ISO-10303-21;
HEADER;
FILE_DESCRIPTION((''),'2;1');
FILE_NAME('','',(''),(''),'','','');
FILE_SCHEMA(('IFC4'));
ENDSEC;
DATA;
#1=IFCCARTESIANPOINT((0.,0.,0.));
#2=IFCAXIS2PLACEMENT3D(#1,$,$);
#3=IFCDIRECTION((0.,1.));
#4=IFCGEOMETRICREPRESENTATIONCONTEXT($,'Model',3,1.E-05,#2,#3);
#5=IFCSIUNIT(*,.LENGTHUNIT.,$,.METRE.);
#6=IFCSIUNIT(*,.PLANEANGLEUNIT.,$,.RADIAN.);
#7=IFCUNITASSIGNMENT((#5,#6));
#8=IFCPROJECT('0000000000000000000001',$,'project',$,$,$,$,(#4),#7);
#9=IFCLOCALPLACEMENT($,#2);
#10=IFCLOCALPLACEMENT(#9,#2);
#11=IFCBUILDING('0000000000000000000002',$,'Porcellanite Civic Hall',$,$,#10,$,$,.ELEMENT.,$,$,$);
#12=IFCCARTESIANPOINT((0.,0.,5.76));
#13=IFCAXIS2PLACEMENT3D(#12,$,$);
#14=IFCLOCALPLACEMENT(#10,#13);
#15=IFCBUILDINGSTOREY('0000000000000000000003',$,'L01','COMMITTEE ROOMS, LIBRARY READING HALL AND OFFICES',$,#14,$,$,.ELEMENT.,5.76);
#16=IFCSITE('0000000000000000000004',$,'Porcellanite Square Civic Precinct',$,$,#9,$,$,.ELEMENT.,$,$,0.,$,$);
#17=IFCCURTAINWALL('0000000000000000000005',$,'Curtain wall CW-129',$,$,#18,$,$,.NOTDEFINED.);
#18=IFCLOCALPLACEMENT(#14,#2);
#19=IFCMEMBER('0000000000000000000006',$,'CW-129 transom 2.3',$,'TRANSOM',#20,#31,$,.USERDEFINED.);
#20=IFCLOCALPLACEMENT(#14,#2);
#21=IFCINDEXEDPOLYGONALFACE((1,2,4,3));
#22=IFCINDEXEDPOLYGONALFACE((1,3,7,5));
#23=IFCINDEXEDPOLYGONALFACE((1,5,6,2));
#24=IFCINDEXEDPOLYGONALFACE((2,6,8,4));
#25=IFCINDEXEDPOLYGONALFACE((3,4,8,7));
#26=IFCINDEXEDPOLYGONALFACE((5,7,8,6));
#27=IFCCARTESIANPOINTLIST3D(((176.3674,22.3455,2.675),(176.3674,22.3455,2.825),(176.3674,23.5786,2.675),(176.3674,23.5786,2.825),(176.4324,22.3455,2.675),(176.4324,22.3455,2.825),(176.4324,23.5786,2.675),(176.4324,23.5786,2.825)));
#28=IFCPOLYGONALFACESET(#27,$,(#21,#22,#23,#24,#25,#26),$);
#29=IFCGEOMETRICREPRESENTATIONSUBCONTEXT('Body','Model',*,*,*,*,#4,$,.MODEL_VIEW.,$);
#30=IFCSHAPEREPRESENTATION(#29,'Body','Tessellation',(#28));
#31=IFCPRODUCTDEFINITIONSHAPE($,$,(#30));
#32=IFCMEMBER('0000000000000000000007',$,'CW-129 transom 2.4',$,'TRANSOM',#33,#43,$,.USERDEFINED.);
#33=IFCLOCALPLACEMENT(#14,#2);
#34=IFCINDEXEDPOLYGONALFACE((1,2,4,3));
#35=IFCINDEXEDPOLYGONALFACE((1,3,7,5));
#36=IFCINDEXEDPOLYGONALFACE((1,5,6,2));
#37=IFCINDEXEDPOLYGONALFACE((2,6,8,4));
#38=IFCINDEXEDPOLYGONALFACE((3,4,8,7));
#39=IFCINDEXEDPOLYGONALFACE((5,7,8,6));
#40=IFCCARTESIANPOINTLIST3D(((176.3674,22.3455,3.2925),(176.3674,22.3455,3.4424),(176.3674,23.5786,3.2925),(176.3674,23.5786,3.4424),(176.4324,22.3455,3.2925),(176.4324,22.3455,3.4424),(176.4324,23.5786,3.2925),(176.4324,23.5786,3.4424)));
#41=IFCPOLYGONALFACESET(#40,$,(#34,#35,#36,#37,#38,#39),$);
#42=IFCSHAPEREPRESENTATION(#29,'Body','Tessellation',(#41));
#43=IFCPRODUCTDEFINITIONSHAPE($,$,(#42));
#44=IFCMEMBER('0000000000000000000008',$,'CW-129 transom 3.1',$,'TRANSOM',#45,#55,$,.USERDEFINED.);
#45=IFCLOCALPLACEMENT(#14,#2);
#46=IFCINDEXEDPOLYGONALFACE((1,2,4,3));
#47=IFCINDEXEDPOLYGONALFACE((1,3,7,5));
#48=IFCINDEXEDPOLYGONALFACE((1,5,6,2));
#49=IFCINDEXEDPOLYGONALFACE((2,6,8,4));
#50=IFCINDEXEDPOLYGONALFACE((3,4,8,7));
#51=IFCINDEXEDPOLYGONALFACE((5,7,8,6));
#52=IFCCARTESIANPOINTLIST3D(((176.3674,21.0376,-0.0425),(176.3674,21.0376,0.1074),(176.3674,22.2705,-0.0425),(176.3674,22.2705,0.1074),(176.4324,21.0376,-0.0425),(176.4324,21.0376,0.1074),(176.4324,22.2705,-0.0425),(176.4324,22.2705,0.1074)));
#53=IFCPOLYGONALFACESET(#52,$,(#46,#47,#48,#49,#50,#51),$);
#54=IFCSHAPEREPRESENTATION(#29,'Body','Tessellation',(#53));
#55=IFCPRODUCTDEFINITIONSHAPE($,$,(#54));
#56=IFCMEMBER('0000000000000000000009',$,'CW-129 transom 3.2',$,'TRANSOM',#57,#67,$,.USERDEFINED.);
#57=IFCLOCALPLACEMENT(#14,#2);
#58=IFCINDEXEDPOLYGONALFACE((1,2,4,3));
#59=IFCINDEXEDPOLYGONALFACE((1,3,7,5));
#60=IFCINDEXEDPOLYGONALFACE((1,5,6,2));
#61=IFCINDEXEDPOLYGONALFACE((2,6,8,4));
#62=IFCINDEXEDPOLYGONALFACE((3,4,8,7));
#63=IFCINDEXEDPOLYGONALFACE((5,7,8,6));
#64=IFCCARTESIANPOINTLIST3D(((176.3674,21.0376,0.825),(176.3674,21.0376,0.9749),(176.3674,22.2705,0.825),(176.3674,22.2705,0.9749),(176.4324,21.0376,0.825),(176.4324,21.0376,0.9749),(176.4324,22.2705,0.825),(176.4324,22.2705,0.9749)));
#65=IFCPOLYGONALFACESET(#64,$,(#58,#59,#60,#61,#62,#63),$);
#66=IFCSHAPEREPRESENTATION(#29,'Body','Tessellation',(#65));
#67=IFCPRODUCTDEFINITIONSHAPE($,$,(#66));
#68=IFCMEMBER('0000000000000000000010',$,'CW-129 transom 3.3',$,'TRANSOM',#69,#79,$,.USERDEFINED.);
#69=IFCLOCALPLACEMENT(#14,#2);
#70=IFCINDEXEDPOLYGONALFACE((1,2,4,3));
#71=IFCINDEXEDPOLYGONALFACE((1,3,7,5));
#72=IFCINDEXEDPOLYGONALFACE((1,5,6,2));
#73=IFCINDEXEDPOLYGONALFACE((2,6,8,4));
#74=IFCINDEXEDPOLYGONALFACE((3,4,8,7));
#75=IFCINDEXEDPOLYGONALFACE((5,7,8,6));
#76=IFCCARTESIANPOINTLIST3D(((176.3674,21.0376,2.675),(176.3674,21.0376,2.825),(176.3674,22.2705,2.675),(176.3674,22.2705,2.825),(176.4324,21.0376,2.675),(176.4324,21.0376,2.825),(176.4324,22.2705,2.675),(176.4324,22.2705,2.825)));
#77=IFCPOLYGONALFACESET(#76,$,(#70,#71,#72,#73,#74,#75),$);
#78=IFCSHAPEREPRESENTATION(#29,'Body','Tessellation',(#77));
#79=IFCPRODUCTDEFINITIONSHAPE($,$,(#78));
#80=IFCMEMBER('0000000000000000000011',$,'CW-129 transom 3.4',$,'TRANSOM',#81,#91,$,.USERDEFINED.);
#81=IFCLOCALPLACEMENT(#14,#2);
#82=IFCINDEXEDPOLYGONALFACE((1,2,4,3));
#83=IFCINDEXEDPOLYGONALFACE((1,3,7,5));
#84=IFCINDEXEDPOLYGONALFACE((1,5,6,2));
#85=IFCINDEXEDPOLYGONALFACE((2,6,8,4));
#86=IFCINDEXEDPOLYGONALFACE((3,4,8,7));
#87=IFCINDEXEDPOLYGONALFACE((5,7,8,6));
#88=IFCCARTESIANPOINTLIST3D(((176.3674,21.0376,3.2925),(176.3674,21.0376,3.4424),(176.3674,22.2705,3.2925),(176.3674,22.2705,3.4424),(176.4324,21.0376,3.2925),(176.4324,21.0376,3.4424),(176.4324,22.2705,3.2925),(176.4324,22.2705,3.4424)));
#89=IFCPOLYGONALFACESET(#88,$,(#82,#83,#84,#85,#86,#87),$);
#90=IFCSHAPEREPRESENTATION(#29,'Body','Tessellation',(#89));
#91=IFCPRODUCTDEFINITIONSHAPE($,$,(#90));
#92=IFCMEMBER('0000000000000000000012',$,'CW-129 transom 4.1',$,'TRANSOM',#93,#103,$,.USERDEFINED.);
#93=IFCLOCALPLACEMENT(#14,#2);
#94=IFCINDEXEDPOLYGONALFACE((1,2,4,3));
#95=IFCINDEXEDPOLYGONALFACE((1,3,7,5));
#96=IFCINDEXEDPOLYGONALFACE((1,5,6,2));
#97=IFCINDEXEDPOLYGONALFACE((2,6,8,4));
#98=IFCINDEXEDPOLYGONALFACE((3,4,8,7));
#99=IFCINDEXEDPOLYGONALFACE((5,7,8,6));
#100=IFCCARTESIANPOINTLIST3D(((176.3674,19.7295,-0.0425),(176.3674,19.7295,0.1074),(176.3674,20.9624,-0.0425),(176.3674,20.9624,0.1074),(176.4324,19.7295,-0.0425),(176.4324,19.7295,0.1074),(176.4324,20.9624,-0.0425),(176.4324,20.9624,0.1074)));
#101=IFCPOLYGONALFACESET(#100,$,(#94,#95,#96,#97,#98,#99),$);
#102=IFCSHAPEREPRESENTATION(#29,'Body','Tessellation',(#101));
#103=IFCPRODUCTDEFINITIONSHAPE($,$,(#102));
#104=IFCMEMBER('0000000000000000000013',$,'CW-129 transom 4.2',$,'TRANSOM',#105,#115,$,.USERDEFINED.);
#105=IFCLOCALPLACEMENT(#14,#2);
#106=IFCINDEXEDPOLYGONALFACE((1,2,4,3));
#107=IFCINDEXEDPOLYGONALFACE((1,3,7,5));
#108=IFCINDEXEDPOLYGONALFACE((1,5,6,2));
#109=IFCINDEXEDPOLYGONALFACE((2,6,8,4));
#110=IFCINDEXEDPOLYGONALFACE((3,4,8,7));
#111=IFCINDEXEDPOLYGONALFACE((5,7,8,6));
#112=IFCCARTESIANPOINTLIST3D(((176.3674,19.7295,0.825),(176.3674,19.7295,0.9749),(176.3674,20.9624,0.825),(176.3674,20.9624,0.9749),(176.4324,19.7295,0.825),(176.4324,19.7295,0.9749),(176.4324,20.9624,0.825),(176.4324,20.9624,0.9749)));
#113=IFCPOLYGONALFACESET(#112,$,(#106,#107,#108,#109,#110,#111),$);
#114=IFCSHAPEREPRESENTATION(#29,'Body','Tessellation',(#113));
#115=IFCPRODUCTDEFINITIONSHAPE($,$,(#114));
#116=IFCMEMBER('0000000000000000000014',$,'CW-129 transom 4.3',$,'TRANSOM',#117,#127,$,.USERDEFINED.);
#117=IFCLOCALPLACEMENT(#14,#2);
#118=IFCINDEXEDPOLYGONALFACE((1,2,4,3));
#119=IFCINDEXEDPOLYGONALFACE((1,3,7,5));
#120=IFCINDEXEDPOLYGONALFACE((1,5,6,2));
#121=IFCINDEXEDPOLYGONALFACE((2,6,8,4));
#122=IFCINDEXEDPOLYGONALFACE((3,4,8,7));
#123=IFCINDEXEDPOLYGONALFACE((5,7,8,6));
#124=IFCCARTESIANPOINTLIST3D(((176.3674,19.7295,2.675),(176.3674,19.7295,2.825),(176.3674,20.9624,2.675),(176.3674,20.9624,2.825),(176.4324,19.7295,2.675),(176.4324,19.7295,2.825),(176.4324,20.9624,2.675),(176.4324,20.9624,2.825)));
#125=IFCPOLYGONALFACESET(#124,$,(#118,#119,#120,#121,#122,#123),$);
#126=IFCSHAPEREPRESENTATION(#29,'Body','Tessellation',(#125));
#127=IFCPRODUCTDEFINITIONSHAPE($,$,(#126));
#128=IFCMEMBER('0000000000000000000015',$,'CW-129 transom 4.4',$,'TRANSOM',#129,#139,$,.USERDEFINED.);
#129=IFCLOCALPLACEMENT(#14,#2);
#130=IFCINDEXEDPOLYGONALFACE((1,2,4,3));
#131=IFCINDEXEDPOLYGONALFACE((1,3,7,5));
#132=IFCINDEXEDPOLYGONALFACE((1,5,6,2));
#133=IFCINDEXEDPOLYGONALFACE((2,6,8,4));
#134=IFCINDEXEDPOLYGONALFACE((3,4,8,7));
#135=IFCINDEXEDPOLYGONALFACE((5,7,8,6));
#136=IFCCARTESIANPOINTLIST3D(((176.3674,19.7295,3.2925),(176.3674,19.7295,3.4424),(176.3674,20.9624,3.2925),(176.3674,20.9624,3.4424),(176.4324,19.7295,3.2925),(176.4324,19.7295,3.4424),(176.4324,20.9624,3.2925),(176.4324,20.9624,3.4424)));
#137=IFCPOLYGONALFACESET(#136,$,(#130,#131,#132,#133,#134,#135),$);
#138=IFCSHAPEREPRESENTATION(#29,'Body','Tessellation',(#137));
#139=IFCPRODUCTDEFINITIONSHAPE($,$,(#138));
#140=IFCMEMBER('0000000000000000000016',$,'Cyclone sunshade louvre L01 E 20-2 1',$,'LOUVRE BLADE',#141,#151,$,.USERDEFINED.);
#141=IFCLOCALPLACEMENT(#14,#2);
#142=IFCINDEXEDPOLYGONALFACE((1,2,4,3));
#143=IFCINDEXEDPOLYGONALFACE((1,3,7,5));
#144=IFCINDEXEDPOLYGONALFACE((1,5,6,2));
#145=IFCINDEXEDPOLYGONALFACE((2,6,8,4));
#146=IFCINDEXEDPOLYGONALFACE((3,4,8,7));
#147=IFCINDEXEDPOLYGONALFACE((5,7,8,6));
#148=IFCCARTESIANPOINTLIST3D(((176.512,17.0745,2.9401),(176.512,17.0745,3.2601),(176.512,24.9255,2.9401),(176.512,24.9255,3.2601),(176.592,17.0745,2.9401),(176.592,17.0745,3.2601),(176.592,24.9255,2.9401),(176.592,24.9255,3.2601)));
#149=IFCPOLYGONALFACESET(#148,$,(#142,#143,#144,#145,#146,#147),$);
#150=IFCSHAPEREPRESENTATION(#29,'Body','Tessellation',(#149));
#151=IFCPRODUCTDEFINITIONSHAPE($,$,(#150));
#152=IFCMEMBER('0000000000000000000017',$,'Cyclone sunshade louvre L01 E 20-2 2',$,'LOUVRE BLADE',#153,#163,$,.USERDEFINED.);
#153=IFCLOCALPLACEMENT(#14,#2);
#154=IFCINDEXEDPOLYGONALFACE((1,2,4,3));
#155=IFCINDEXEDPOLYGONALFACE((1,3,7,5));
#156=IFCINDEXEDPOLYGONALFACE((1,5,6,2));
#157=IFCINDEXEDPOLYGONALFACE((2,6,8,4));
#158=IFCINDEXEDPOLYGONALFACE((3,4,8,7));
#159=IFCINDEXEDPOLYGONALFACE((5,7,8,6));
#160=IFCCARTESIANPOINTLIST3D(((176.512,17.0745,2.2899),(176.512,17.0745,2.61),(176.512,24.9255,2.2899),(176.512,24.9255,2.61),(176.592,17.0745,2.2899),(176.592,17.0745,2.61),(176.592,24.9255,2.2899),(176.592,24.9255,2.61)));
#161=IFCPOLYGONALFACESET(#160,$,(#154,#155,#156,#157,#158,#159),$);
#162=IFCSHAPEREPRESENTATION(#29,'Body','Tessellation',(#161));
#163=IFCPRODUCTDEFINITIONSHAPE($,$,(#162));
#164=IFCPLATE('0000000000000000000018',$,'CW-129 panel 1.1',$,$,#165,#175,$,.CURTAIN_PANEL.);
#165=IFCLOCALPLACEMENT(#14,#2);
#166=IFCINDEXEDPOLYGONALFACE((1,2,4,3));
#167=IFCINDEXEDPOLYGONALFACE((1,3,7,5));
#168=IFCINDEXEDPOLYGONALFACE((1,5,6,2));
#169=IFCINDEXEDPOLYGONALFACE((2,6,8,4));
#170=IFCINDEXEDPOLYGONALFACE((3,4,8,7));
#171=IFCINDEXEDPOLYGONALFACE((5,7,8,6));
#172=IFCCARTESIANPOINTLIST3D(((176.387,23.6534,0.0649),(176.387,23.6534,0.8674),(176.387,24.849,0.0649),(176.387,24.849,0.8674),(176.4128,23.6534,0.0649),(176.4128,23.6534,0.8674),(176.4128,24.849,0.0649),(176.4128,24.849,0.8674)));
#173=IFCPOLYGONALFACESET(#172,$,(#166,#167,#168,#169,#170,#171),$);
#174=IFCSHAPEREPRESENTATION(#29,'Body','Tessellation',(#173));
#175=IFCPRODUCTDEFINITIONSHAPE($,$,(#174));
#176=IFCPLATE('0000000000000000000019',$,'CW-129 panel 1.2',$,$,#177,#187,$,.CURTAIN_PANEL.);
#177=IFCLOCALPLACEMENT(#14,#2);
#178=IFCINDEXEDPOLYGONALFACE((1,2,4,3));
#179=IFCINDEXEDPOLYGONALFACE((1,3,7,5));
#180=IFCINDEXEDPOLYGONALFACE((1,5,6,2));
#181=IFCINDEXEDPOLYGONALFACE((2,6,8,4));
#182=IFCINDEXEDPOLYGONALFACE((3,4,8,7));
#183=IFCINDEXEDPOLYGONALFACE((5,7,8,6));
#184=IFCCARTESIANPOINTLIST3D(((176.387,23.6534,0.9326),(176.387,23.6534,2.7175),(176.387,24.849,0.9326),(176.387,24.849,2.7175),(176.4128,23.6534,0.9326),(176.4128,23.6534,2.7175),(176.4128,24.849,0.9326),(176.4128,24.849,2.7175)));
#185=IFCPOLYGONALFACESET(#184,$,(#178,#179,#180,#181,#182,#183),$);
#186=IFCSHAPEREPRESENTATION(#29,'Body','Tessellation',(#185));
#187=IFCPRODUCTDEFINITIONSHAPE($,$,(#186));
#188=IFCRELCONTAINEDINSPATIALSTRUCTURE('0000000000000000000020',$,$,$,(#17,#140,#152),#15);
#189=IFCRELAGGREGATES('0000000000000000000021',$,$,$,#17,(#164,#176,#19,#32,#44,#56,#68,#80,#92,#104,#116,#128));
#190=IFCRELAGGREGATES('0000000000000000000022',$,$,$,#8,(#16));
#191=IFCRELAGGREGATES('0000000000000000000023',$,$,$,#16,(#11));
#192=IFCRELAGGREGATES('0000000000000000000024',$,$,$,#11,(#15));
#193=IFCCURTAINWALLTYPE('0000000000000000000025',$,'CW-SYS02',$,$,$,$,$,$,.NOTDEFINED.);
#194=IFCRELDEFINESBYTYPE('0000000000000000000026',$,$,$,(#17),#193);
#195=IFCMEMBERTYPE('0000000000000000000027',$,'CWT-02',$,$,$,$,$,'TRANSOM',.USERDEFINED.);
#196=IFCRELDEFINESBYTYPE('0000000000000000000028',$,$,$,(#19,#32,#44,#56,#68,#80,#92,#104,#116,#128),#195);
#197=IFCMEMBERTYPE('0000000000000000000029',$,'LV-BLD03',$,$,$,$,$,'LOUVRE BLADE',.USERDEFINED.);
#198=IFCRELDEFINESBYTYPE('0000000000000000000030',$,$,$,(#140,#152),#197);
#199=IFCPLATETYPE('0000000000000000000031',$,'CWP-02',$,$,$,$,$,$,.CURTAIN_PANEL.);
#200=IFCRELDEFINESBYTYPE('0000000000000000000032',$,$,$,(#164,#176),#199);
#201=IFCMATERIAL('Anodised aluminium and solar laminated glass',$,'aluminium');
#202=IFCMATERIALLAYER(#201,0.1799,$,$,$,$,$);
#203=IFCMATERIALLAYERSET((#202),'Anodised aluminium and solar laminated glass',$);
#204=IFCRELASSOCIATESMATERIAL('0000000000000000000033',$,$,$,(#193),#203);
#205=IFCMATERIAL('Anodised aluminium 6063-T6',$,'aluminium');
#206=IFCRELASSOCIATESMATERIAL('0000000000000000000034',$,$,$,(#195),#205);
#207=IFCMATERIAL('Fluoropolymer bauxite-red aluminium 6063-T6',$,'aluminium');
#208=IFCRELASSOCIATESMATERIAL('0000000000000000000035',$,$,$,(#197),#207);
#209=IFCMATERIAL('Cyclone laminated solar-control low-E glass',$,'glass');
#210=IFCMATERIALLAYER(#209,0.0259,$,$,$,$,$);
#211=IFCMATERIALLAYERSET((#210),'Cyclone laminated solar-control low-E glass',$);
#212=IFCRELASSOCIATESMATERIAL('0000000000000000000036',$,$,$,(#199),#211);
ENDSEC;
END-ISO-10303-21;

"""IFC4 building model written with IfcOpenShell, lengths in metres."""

from ifc_helpers import new_model, si_unit, direction, frame, origin, origin_2d, place, context, subcontext, project, spatial, rectangle, extrude, material, layer, layer_set, material_profile, profile_set, type_object, element, aggregate, save


model = new_model("IFC4")

# Units and contexts
model_context = context("Model", 3, precision=1e-05, world=origin(), true_north=direction((0.0, 1.0)))
body_context = subcontext(model_context, "Body", "Model", "MODEL_VIEW")
ifc_project = project(units=[si_unit("LENGTHUNIT", "METRE"), si_unit("PLANEANGLEUNIT", "RADIAN")], contexts=[model_context])

# Site, building, storey
site_placement = place(None, origin())
site = spatial("IfcSite", under=ifc_project, at=site_placement, Name="Porcellanite Square Civic Precinct", CompositionType="ELEMENT", RefElevation=0.0)
building_placement = place(site_placement, origin())
building = spatial("IfcBuilding", under=site, at=building_placement, Name="Porcellanite Civic Hall", CompositionType="ELEMENT")
storey_placement = place(building_placement, frame((0.0, 0.0, 5.76)))
storey = spatial("IfcBuildingStorey", under=building, at=storey_placement, Name="L01", Description="COMMITTEE ROOMS, LIBRARY READING HALL AND OFFICES", CompositionType="ELEMENT", Elevation=5.76)

# Curtain wall, members
ifc_material_1 = material(Name="Anodised aluminium and solar laminated glass", Category="aluminium")
ifc_layer_1 = layer(ifc_material_1, 0.1799)
ifc_layer_set_1 = layer_set([ifc_layer_1], Name="Anodised aluminium and solar laminated glass")
curtain_wall_type = type_object("IfcCurtainWallType", Name="CW-SYS02", PredefinedType="NOTDEFINED", material=ifc_layer_set_1)
curtain_wall_placement = place(storey_placement, origin())
curtain_wall = element("IfcCurtainWall", 1, at=curtain_wall_placement, inside=storey, type_object=curtain_wall_type, Name="Curtain wall CW-129", PredefinedType="NOTDEFINED")
ifc_material_2 = material(Name="Anodised aluminium 6063-T6", Category="aluminium")
ifc_material_profile_1 = material_profile(ifc_material_2, rectangle(XDim=0.0649, YDim=0.1499, at=origin_2d()), Name="AL-65x150")
ifc_profile_set_1 = profile_set([ifc_material_profile_1], Name="Anodised aluminium 6063-T6")
member_type_1 = type_object("IfcMemberType", Name="CWT-02", ElementType="TRANSOM", PredefinedType="USERDEFINED", material=ifc_profile_set_1)
member_1_placement = place(storey_placement, frame((176.3999, 23.5786, 2.75), z_axis=(0.0, -1.0, 0.0), x_axis=(1.0, 0.0, 0.0)))
member_1 = element("IfcMember", 2, at=member_1_placement, type_object=member_type_1, Name="CW-129 transom 2.3", ObjectType="TRANSOM", PredefinedType="USERDEFINED", context=body_context, shape_type="SweptSolid", body=[
    extrude(rectangle(XDim=0.0649, YDim=0.1499, at=origin_2d()), origin(), (0.0, 0.0, 1.0), 1.2332),
])
member_2_placement = place(storey_placement, frame((176.3999, 23.5786, 3.3674), z_axis=(0.0, -1.0, 0.0), x_axis=(1.0, 0.0, 0.0)))
member_2 = element("IfcMember", 3, at=member_2_placement, type_object=member_type_1, Name="CW-129 transom 2.4", ObjectType="TRANSOM", PredefinedType="USERDEFINED", context=body_context, shape_type="SweptSolid", body=[
    extrude(rectangle(XDim=0.0649, YDim=0.1499, at=origin_2d()), origin(), (0.0, 0.0, 1.0), 1.2332),
])
member_3_placement = place(storey_placement, frame((176.3999, 22.2705, 0.0325), z_axis=(0.0, -1.0, 0.0), x_axis=(1.0, 0.0, 0.0)))
member_3 = element("IfcMember", 4, at=member_3_placement, type_object=member_type_1, Name="CW-129 transom 3.1", ObjectType="TRANSOM", PredefinedType="USERDEFINED", context=body_context, shape_type="SweptSolid", body=[
    extrude(rectangle(XDim=0.0649, YDim=0.1499, at=origin_2d()), origin(), (0.0, 0.0, 1.0), 1.2329),
])
member_4_placement = place(storey_placement, frame((176.3999, 22.2705, 0.8999), z_axis=(0.0, -1.0, 0.0), x_axis=(1.0, 0.0, 0.0)))
member_4 = element("IfcMember", 5, at=member_4_placement, type_object=member_type_1, Name="CW-129 transom 3.2", ObjectType="TRANSOM", PredefinedType="USERDEFINED", context=body_context, shape_type="SweptSolid", body=[
    extrude(rectangle(XDim=0.0649, YDim=0.1499, at=origin_2d()), origin(), (0.0, 0.0, 1.0), 1.2329),
])
member_5_placement = place(storey_placement, frame((176.3999, 22.2705, 2.75), z_axis=(0.0, -1.0, 0.0), x_axis=(1.0, 0.0, 0.0)))
member_5 = element("IfcMember", 6, at=member_5_placement, type_object=member_type_1, Name="CW-129 transom 3.3", ObjectType="TRANSOM", PredefinedType="USERDEFINED", context=body_context, shape_type="SweptSolid", body=[
    extrude(rectangle(XDim=0.0649, YDim=0.1499, at=origin_2d()), origin(), (0.0, 0.0, 1.0), 1.2329),
])
member_6_placement = place(storey_placement, frame((176.3999, 22.2705, 3.3674), z_axis=(0.0, -1.0, 0.0), x_axis=(1.0, 0.0, 0.0)))
member_6 = element("IfcMember", 7, at=member_6_placement, type_object=member_type_1, Name="CW-129 transom 3.4", ObjectType="TRANSOM", PredefinedType="USERDEFINED", context=body_context, shape_type="SweptSolid", body=[
    extrude(rectangle(XDim=0.0649, YDim=0.1499, at=origin_2d()), origin(), (0.0, 0.0, 1.0), 1.2329),
])
member_7_placement = place(storey_placement, frame((176.3999, 20.9624, 0.0325), z_axis=(0.0, -1.0, 0.0), x_axis=(1.0, 0.0, 0.0)))
member_7 = element("IfcMember", 8, at=member_7_placement, type_object=member_type_1, Name="CW-129 transom 4.1", ObjectType="TRANSOM", PredefinedType="USERDEFINED", context=body_context, shape_type="SweptSolid", body=[
    extrude(rectangle(XDim=0.0649, YDim=0.1499, at=origin_2d()), origin(), (0.0, 0.0, 1.0), 1.2329),
])
member_8_placement = place(storey_placement, frame((176.3999, 20.9624, 0.8999), z_axis=(0.0, -1.0, 0.0), x_axis=(1.0, 0.0, 0.0)))
member_8 = element("IfcMember", 9, at=member_8_placement, type_object=member_type_1, Name="CW-129 transom 4.2", ObjectType="TRANSOM", PredefinedType="USERDEFINED", context=body_context, shape_type="SweptSolid", body=[
    extrude(rectangle(XDim=0.0649, YDim=0.1499, at=origin_2d()), origin(), (0.0, 0.0, 1.0), 1.2329),
])
member_9_placement = place(storey_placement, frame((176.3999, 20.9624, 2.75), z_axis=(0.0, -1.0, 0.0), x_axis=(1.0, 0.0, 0.0)))
member_9 = element("IfcMember", 10, at=member_9_placement, type_object=member_type_1, Name="CW-129 transom 4.3", ObjectType="TRANSOM", PredefinedType="USERDEFINED", context=body_context, shape_type="SweptSolid", body=[
    extrude(rectangle(XDim=0.0649, YDim=0.1499, at=origin_2d()), origin(), (0.0, 0.0, 1.0), 1.2329),
])
member_10_placement = place(storey_placement, frame((176.3999, 20.9624, 3.3674), z_axis=(0.0, -1.0, 0.0), x_axis=(1.0, 0.0, 0.0)))
member_10 = element("IfcMember", 11, at=member_10_placement, type_object=member_type_1, Name="CW-129 transom 4.4", ObjectType="TRANSOM", PredefinedType="USERDEFINED", context=body_context, shape_type="SweptSolid", body=[
    extrude(rectangle(XDim=0.0649, YDim=0.1499, at=origin_2d()), origin(), (0.0, 0.0, 1.0), 1.2329),
])

# Members
ifc_material_3 = material(Name="Fluoropolymer bauxite-red aluminium 6063-T6", Category="aluminium")
ifc_material_profile_2 = material_profile(ifc_material_3, rectangle(XDim=0.0801, YDim=0.3201, at=origin_2d()), Name="AL-80x320")
ifc_profile_set_2 = profile_set([ifc_material_profile_2], Name="Fluoropolymer bauxite-red aluminium 6063-T6")
member_type_2 = type_object("IfcMemberType", Name="LV-BLD03", ElementType="LOUVRE BLADE", PredefinedType="USERDEFINED", material=ifc_profile_set_2)
for number, where, z_axis, x_axis, name in (
    (12, (176.552, 24.9255, 3.1001), (0.0, -1.0, 0.0), (1.0, 0.0, 0.0), "Cyclone sunshade louvre L01 E 20-2 1"),
    (13, (176.552, 24.9255, 2.45), (0.0, -1.0, 0.0), (1.0, 0.0, 0.0), "Cyclone sunshade louvre L01 E 20-2 2"),
):
    element("IfcMember", number, at=place(storey_placement, frame(where, z_axis=z_axis, x_axis=x_axis)), inside=storey, type_object=member_type_2, Name=name, ObjectType="LOUVRE BLADE", PredefinedType="USERDEFINED", context=body_context, shape_type="SweptSolid", body=[
        extrude(rectangle(XDim=0.0801, YDim=0.3201, at=origin_2d()), origin(), (0.0, 0.0, 1.0), 7.8511),
    ])

# Plates
ifc_material_4 = material(Name="Cyclone laminated solar-control low-E glass", Category="glass")
ifc_layer_2 = layer(ifc_material_4, 0.0259)
ifc_layer_set_2 = layer_set([ifc_layer_2], Name="Cyclone laminated solar-control low-E glass")
plate_type = type_object("IfcPlateType", Name="CWP-02", PredefinedType="CURTAIN_PANEL", material=ifc_layer_set_2)
plate_1_placement = place(storey_placement, frame((176.3999, 24.2512, 0.0649), z_axis=(0.0, 0.0, 1.0), x_axis=(0.0, -1.0, 0.0)))
plate_1 = element("IfcPlate", 14, at=plate_1_placement, type_object=plate_type, Name="CW-129 panel 1.1", PredefinedType="CURTAIN_PANEL", context=body_context, shape_type="SweptSolid", body=[
    extrude(rectangle(XDim=1.1956, YDim=0.0259, at=origin_2d()), origin(), (0.0, 0.0, 1.0), 0.8025),
])
plate_2_placement = place(storey_placement, frame((176.3999, 24.2512, 0.9326), z_axis=(0.0, 0.0, 1.0), x_axis=(0.0, -1.0, 0.0)))
plate_2 = element("IfcPlate", 15, at=plate_2_placement, type_object=plate_type, Name="CW-129 panel 1.2", PredefinedType="CURTAIN_PANEL", context=body_context, shape_type="SweptSolid", body=[
    extrude(rectangle(XDim=1.1956, YDim=0.0259, at=origin_2d()), origin(), (0.0, 0.0, 1.0), 1.7849),
])
aggregate(curtain_wall, [plate_1, plate_2, member_1, member_2, member_3, member_4, member_5, member_6, member_7, member_8, member_9, member_10])

save(model, "model.ifc")
